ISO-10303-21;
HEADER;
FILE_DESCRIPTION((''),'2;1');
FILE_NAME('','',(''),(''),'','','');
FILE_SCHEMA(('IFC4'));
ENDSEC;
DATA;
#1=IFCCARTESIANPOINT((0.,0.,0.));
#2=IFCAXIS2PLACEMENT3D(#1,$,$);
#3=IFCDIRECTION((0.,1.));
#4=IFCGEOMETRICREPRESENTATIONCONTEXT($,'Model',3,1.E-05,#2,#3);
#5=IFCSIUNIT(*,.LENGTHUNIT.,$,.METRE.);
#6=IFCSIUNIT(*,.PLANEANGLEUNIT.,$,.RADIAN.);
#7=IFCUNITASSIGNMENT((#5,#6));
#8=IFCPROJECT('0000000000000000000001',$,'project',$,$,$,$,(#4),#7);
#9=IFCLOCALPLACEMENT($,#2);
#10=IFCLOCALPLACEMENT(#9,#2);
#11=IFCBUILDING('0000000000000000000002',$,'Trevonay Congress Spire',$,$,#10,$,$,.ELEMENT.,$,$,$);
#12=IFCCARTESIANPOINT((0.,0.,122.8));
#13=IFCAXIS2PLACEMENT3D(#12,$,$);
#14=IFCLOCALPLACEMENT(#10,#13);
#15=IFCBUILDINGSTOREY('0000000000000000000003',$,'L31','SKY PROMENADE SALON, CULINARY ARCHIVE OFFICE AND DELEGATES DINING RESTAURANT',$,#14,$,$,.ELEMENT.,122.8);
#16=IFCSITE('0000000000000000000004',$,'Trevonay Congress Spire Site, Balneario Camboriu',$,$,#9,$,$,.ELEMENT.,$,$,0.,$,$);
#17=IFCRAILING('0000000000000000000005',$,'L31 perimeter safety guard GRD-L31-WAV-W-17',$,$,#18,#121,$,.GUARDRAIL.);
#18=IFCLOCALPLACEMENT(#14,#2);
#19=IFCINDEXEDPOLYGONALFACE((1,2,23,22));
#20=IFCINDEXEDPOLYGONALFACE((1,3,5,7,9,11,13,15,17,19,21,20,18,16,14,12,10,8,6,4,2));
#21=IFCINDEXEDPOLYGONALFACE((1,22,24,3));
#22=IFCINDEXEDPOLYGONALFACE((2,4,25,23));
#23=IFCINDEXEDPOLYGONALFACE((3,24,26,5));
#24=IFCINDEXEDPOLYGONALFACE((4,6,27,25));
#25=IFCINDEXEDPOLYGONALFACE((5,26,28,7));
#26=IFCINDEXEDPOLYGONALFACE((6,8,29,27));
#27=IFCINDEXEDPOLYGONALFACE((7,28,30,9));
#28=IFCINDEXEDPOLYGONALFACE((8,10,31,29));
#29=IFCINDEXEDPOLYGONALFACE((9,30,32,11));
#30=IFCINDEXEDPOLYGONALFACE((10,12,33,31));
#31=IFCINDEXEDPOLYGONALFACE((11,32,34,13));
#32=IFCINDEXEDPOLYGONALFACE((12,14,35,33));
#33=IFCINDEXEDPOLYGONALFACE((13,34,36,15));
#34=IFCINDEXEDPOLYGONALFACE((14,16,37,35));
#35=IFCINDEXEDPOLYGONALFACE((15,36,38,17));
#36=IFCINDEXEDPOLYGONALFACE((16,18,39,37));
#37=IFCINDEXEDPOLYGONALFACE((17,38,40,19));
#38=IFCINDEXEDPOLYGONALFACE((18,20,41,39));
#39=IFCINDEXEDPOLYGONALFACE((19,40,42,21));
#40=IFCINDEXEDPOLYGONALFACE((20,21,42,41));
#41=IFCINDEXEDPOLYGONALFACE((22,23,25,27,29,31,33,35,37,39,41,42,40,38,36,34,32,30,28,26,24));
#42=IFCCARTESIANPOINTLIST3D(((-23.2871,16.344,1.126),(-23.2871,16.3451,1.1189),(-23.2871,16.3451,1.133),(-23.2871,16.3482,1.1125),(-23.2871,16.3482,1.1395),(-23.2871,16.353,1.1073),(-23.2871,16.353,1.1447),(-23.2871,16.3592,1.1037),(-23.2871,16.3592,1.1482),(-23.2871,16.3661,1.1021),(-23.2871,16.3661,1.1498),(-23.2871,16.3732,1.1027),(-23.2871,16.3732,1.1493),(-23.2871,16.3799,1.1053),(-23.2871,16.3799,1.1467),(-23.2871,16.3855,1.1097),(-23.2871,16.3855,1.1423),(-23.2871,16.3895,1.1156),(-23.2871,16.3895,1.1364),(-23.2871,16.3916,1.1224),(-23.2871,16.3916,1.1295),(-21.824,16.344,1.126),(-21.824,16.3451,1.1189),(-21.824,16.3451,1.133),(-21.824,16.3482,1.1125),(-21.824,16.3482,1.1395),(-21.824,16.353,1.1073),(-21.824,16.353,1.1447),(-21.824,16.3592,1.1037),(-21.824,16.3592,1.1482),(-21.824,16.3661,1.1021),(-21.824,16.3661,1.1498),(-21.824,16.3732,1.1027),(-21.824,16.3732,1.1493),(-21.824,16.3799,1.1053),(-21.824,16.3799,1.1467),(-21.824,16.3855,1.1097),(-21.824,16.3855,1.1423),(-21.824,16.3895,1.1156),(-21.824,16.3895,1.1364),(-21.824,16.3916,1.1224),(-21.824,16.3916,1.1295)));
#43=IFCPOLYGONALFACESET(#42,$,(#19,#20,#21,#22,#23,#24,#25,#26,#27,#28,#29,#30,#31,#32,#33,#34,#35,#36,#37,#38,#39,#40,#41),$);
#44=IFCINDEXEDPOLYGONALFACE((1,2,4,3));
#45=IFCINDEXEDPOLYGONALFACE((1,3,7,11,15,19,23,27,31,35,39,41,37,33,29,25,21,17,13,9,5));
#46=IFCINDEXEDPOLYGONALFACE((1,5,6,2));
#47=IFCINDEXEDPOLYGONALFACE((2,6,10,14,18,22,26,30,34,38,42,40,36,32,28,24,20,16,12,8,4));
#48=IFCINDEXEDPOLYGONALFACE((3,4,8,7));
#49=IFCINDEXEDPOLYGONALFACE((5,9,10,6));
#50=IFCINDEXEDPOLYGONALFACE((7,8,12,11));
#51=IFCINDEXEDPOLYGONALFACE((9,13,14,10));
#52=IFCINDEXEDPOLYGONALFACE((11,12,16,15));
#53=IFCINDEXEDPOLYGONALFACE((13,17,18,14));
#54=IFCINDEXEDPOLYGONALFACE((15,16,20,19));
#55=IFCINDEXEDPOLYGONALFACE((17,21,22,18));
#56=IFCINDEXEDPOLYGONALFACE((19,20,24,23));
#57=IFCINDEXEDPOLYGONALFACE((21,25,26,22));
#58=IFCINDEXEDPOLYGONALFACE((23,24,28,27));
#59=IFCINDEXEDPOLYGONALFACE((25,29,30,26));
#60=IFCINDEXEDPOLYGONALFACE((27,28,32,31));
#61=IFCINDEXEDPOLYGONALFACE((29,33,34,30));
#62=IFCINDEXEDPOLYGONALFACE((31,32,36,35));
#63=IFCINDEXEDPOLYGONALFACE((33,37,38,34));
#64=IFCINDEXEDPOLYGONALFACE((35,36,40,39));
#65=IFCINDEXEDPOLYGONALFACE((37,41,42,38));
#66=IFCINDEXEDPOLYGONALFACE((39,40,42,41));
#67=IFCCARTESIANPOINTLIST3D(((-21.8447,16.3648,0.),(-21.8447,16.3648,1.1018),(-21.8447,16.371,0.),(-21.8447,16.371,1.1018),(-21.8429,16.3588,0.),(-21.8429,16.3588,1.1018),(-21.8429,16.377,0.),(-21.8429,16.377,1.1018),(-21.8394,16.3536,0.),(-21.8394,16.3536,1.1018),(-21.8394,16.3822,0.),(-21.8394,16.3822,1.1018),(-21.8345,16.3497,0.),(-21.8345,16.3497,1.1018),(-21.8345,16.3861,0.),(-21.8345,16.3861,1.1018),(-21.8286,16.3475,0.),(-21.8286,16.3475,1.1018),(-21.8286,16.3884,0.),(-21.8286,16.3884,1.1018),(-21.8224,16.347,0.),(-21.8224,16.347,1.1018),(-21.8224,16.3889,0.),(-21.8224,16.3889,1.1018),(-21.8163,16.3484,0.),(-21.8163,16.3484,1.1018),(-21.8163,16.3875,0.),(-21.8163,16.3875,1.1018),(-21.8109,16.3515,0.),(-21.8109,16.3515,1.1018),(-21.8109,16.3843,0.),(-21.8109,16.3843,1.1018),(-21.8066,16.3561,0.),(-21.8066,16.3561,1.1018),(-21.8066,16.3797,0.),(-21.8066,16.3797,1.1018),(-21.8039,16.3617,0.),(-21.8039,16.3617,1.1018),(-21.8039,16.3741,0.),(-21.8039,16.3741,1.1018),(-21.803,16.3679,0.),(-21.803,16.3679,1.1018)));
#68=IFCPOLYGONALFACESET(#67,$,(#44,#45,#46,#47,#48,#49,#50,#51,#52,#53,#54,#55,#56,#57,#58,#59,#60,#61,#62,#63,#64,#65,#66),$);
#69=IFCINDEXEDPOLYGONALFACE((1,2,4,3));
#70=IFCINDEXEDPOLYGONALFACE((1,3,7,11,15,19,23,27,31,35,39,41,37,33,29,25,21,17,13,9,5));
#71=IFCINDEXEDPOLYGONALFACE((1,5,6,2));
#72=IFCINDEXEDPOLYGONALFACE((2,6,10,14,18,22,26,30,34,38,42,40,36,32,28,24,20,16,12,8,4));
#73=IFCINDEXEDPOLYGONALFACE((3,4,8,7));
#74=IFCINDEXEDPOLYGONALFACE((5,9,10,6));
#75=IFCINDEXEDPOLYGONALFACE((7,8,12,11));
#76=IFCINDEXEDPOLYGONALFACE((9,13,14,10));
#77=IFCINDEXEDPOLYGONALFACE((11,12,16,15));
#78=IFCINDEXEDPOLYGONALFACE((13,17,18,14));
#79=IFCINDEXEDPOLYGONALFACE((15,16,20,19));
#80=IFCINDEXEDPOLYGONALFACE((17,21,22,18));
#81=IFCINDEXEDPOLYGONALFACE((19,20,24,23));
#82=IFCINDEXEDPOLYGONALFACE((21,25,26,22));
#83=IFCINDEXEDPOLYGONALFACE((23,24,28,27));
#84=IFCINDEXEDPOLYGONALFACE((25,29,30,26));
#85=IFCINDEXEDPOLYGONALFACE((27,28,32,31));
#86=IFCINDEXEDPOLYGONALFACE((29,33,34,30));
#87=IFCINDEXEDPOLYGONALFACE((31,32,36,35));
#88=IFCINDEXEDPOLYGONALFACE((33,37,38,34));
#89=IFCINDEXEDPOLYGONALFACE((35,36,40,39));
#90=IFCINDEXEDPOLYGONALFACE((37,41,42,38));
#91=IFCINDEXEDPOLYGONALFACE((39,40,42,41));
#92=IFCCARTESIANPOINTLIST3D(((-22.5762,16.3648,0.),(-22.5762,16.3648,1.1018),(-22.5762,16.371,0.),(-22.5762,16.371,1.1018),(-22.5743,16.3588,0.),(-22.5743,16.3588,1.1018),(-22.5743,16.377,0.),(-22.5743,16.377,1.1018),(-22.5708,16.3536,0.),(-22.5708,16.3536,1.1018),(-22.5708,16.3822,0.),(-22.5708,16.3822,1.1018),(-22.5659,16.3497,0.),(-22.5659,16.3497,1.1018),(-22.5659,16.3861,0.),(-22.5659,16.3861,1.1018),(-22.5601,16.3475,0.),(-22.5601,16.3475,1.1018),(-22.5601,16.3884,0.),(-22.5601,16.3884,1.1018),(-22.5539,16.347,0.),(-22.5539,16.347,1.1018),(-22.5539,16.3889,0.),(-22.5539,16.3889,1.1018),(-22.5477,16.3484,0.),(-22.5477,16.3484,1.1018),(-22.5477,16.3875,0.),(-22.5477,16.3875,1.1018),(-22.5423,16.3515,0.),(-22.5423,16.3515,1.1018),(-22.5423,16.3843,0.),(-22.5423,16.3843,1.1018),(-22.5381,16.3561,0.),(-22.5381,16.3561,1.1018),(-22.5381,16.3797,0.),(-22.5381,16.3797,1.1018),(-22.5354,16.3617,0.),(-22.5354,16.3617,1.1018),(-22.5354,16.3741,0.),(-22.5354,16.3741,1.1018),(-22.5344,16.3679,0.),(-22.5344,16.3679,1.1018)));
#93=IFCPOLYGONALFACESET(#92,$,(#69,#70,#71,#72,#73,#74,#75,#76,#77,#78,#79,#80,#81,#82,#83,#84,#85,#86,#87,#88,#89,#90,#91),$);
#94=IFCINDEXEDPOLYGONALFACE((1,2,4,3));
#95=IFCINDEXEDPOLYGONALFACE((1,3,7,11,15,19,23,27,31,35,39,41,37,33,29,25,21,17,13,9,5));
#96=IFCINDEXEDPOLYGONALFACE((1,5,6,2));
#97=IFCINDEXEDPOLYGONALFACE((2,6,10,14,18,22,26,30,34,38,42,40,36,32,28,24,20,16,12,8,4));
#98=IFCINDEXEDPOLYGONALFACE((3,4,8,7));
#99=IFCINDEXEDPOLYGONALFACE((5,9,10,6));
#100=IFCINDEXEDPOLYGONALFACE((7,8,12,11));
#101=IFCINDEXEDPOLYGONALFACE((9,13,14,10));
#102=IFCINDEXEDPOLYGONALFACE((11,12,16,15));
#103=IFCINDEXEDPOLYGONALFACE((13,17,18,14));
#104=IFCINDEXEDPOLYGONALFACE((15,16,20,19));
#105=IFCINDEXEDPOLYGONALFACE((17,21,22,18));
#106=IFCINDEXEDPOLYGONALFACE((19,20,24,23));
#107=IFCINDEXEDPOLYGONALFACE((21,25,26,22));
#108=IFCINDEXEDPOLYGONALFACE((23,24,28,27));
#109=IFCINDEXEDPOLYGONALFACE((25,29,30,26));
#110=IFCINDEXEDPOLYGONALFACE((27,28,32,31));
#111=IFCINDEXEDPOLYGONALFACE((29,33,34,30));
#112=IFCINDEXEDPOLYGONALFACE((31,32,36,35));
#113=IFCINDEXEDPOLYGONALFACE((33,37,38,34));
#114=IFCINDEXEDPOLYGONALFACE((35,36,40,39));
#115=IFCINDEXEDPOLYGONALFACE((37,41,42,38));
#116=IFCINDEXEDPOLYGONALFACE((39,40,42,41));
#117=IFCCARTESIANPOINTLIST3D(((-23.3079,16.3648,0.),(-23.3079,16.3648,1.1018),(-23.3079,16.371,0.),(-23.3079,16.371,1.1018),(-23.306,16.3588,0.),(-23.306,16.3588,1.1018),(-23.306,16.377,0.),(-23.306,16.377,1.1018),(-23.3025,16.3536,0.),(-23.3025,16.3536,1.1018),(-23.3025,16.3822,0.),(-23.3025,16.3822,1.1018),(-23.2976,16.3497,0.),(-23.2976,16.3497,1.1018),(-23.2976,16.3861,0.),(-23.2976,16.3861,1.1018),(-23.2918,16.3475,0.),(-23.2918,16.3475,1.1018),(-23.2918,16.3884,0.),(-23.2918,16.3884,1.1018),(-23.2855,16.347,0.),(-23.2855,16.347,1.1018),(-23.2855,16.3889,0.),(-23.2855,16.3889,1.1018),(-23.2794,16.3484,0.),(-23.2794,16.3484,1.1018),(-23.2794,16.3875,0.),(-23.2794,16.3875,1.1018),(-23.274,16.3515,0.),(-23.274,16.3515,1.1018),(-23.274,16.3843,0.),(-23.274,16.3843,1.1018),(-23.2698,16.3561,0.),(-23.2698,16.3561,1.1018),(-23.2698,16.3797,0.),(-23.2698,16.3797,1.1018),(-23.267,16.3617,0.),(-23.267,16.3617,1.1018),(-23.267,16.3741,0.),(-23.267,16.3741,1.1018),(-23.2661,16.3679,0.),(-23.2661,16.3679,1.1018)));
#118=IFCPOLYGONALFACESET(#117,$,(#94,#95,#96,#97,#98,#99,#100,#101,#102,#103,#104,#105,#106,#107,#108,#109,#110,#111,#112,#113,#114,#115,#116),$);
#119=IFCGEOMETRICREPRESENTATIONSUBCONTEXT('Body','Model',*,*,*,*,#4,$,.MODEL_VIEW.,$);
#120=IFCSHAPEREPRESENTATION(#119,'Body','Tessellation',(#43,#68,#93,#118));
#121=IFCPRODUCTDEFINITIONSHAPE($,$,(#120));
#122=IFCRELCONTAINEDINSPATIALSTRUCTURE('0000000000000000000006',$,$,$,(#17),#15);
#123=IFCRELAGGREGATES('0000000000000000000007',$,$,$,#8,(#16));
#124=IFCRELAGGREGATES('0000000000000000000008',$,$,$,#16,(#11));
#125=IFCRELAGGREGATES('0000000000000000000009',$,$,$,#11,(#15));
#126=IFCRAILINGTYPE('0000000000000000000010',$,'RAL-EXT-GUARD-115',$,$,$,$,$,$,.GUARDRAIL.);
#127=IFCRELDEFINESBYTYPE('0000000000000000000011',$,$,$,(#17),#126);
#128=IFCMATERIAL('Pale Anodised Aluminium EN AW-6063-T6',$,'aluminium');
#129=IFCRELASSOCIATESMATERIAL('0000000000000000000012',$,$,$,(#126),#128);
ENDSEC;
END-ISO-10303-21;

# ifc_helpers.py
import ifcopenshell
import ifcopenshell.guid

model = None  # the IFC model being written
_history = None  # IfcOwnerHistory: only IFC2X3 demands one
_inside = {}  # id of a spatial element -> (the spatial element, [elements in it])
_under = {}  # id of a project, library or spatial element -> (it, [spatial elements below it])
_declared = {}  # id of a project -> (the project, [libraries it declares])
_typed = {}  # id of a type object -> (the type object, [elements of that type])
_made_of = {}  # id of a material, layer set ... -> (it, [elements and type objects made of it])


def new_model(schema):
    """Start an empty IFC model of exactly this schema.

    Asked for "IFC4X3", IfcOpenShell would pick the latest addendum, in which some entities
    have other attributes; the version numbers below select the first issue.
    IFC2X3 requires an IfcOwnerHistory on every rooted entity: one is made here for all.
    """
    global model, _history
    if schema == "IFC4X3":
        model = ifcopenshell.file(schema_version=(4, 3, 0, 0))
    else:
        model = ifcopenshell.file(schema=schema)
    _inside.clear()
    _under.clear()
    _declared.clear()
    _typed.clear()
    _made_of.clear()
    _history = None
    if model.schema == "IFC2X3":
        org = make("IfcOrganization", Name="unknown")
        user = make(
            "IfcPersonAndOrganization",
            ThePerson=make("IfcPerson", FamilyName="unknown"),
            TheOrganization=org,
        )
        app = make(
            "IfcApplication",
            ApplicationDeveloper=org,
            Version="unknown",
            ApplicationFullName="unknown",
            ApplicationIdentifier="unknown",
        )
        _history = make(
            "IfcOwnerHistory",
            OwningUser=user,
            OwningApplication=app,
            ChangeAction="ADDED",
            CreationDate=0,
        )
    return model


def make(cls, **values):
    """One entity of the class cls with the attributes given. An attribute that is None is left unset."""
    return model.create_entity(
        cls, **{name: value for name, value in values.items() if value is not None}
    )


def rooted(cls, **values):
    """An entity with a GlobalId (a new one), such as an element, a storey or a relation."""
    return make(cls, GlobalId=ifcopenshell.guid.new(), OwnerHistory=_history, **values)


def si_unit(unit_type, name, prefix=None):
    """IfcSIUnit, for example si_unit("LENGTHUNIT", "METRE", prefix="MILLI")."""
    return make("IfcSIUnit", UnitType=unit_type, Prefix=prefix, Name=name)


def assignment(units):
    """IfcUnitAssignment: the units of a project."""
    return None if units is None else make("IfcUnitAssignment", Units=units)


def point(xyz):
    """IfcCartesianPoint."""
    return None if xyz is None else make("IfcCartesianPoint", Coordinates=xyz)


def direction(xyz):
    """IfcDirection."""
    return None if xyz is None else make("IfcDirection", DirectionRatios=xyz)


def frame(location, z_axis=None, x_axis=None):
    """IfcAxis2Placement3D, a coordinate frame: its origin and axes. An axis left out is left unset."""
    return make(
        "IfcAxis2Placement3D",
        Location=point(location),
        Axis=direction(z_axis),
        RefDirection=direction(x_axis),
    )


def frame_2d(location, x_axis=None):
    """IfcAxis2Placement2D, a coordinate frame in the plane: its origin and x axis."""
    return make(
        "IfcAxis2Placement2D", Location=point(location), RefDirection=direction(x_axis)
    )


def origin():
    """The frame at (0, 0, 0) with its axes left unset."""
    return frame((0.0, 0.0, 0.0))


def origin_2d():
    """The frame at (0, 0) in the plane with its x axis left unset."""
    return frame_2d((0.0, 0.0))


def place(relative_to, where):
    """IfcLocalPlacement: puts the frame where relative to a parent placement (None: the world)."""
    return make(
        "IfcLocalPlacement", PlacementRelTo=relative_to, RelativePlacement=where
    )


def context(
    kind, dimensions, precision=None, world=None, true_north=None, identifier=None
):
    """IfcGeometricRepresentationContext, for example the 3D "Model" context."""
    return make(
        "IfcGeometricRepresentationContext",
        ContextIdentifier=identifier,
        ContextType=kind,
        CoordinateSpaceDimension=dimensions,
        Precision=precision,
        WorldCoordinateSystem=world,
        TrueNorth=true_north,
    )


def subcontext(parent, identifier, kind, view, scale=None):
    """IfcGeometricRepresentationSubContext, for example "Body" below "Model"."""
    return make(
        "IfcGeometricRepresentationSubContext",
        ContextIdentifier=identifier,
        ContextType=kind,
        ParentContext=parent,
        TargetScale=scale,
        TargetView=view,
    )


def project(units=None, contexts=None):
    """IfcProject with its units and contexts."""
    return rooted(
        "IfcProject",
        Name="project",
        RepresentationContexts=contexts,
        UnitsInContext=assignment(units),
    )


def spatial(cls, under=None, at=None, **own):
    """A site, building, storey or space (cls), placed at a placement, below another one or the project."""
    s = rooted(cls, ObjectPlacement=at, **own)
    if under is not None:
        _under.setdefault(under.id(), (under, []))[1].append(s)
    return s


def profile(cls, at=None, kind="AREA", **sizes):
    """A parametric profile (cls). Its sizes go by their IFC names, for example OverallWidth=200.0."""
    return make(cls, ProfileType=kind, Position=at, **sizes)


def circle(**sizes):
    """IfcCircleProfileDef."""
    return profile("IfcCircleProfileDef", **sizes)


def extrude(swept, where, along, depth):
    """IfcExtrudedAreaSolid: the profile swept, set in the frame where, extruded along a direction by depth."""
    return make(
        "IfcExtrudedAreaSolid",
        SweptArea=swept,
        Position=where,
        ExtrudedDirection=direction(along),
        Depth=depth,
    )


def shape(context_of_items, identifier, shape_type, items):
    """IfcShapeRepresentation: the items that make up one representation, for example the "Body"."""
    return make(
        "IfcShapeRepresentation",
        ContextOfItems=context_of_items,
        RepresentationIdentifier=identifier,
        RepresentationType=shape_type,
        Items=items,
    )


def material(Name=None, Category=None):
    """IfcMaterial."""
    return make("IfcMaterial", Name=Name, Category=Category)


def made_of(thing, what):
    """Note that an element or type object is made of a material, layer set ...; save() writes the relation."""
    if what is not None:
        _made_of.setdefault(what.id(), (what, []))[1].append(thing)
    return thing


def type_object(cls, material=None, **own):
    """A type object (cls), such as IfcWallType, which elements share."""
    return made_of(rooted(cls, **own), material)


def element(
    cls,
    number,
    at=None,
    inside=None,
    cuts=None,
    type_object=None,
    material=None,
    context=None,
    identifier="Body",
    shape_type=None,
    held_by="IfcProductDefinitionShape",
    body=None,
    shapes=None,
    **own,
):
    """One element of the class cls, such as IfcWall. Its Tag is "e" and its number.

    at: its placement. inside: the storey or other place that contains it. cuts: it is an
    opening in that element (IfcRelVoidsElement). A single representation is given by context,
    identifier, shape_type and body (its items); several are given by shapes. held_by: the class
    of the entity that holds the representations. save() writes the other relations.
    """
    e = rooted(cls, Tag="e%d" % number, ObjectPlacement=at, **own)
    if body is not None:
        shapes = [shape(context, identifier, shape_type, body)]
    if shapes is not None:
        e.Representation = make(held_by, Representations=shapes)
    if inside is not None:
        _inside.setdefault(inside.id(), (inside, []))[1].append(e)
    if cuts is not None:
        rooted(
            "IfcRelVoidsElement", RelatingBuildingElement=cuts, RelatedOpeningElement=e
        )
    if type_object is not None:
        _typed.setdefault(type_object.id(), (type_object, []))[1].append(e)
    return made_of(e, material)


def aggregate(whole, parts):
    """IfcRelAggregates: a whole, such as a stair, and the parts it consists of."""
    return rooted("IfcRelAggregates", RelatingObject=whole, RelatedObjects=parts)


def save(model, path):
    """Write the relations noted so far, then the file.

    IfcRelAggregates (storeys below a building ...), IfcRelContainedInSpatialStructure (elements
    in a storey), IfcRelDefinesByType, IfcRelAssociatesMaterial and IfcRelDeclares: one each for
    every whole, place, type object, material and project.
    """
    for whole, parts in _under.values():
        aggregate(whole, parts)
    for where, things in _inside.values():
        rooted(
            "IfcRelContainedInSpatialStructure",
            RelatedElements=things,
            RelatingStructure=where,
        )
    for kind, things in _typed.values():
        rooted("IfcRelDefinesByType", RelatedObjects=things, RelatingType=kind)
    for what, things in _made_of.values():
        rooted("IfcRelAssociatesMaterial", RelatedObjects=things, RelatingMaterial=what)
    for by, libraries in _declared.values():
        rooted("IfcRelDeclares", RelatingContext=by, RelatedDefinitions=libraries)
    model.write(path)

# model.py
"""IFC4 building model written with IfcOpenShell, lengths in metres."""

from ifc_helpers import new_model, si_unit, direction, frame, origin, origin_2d, place, context, subcontext, project, spatial, circle, extrude, material, type_object, element, save


model = new_model("IFC4")

# Units and contexts
model_context = context("Model", 3, precision=1e-05, world=origin(), true_north=direction((0.0, 1.0)))
body_context = subcontext(model_context, "Body", "Model", "MODEL_VIEW")
ifc_project = project(units=[si_unit("LENGTHUNIT", "METRE"), si_unit("PLANEANGLEUNIT", "RADIAN")], contexts=[model_context])

# Site, building, storey
site_placement = place(None, origin())
site = spatial("IfcSite", under=ifc_project, at=site_placement, Name="Trevonay Congress Spire Site, Balneario Camboriu", CompositionType="ELEMENT", RefElevation=0.0)
building_placement = place(site_placement, origin())
building = spatial("IfcBuilding", under=site, at=building_placement, Name="Trevonay Congress Spire", CompositionType="ELEMENT")
storey_placement = place(building_placement, frame((0.0, 0.0, 122.8)))
storey = spatial("IfcBuildingStorey", under=building, at=storey_placement, Name="L31", Description="SKY PROMENADE SALON, CULINARY ARCHIVE OFFICE AND DELEGATES DINING RESTAURANT", CompositionType="ELEMENT", Elevation=122.8)

# Shared definitions
ifc_material_1 = material(Name="Pale Anodised Aluminium EN AW-6063-T6", Category="aluminium")

# Railing
railing_type = type_object("IfcRailingType", Name="RAL-EXT-GUARD-115", PredefinedType="GUARDRAIL", material=ifc_material_1)
railing_1_placement = place(storey_placement, frame((-21.824, 16.3679, 0.0)))
element("IfcRailing", 1, at=railing_1_placement, inside=storey, type_object=railing_type, Name="L31 perimeter safety guard GRD-L31-WAV-W-17", PredefinedType="GUARDRAIL", context=body_context, shape_type="SweptSolid", body=[
    extrude(circle(Radius=0.0239, at=origin_2d()), frame((0.0, 0.0, 1.126), z_axis=(-1.0, 0.0, 0.0), x_axis=(0.0, -1.0, 0.0)), (0.0, 0.0, 1.0), 1.4631),
    extrude(circle(Radius=0.021, at=origin_2d()), origin(), (0.0, 0.0, 1.0), 1.1018),
    extrude(circle(Radius=0.021, at=origin_2d()), frame((-0.7314, 0.0, 0.0)), (0.0, 0.0, 1.0), 1.1018),
    extrude(circle(Radius=0.021, at=origin_2d()), frame((-1.4631, 0.0, 0.0)), (0.0, 0.0, 1.0), 1.1018),
])

save(model, "model.ifc")
